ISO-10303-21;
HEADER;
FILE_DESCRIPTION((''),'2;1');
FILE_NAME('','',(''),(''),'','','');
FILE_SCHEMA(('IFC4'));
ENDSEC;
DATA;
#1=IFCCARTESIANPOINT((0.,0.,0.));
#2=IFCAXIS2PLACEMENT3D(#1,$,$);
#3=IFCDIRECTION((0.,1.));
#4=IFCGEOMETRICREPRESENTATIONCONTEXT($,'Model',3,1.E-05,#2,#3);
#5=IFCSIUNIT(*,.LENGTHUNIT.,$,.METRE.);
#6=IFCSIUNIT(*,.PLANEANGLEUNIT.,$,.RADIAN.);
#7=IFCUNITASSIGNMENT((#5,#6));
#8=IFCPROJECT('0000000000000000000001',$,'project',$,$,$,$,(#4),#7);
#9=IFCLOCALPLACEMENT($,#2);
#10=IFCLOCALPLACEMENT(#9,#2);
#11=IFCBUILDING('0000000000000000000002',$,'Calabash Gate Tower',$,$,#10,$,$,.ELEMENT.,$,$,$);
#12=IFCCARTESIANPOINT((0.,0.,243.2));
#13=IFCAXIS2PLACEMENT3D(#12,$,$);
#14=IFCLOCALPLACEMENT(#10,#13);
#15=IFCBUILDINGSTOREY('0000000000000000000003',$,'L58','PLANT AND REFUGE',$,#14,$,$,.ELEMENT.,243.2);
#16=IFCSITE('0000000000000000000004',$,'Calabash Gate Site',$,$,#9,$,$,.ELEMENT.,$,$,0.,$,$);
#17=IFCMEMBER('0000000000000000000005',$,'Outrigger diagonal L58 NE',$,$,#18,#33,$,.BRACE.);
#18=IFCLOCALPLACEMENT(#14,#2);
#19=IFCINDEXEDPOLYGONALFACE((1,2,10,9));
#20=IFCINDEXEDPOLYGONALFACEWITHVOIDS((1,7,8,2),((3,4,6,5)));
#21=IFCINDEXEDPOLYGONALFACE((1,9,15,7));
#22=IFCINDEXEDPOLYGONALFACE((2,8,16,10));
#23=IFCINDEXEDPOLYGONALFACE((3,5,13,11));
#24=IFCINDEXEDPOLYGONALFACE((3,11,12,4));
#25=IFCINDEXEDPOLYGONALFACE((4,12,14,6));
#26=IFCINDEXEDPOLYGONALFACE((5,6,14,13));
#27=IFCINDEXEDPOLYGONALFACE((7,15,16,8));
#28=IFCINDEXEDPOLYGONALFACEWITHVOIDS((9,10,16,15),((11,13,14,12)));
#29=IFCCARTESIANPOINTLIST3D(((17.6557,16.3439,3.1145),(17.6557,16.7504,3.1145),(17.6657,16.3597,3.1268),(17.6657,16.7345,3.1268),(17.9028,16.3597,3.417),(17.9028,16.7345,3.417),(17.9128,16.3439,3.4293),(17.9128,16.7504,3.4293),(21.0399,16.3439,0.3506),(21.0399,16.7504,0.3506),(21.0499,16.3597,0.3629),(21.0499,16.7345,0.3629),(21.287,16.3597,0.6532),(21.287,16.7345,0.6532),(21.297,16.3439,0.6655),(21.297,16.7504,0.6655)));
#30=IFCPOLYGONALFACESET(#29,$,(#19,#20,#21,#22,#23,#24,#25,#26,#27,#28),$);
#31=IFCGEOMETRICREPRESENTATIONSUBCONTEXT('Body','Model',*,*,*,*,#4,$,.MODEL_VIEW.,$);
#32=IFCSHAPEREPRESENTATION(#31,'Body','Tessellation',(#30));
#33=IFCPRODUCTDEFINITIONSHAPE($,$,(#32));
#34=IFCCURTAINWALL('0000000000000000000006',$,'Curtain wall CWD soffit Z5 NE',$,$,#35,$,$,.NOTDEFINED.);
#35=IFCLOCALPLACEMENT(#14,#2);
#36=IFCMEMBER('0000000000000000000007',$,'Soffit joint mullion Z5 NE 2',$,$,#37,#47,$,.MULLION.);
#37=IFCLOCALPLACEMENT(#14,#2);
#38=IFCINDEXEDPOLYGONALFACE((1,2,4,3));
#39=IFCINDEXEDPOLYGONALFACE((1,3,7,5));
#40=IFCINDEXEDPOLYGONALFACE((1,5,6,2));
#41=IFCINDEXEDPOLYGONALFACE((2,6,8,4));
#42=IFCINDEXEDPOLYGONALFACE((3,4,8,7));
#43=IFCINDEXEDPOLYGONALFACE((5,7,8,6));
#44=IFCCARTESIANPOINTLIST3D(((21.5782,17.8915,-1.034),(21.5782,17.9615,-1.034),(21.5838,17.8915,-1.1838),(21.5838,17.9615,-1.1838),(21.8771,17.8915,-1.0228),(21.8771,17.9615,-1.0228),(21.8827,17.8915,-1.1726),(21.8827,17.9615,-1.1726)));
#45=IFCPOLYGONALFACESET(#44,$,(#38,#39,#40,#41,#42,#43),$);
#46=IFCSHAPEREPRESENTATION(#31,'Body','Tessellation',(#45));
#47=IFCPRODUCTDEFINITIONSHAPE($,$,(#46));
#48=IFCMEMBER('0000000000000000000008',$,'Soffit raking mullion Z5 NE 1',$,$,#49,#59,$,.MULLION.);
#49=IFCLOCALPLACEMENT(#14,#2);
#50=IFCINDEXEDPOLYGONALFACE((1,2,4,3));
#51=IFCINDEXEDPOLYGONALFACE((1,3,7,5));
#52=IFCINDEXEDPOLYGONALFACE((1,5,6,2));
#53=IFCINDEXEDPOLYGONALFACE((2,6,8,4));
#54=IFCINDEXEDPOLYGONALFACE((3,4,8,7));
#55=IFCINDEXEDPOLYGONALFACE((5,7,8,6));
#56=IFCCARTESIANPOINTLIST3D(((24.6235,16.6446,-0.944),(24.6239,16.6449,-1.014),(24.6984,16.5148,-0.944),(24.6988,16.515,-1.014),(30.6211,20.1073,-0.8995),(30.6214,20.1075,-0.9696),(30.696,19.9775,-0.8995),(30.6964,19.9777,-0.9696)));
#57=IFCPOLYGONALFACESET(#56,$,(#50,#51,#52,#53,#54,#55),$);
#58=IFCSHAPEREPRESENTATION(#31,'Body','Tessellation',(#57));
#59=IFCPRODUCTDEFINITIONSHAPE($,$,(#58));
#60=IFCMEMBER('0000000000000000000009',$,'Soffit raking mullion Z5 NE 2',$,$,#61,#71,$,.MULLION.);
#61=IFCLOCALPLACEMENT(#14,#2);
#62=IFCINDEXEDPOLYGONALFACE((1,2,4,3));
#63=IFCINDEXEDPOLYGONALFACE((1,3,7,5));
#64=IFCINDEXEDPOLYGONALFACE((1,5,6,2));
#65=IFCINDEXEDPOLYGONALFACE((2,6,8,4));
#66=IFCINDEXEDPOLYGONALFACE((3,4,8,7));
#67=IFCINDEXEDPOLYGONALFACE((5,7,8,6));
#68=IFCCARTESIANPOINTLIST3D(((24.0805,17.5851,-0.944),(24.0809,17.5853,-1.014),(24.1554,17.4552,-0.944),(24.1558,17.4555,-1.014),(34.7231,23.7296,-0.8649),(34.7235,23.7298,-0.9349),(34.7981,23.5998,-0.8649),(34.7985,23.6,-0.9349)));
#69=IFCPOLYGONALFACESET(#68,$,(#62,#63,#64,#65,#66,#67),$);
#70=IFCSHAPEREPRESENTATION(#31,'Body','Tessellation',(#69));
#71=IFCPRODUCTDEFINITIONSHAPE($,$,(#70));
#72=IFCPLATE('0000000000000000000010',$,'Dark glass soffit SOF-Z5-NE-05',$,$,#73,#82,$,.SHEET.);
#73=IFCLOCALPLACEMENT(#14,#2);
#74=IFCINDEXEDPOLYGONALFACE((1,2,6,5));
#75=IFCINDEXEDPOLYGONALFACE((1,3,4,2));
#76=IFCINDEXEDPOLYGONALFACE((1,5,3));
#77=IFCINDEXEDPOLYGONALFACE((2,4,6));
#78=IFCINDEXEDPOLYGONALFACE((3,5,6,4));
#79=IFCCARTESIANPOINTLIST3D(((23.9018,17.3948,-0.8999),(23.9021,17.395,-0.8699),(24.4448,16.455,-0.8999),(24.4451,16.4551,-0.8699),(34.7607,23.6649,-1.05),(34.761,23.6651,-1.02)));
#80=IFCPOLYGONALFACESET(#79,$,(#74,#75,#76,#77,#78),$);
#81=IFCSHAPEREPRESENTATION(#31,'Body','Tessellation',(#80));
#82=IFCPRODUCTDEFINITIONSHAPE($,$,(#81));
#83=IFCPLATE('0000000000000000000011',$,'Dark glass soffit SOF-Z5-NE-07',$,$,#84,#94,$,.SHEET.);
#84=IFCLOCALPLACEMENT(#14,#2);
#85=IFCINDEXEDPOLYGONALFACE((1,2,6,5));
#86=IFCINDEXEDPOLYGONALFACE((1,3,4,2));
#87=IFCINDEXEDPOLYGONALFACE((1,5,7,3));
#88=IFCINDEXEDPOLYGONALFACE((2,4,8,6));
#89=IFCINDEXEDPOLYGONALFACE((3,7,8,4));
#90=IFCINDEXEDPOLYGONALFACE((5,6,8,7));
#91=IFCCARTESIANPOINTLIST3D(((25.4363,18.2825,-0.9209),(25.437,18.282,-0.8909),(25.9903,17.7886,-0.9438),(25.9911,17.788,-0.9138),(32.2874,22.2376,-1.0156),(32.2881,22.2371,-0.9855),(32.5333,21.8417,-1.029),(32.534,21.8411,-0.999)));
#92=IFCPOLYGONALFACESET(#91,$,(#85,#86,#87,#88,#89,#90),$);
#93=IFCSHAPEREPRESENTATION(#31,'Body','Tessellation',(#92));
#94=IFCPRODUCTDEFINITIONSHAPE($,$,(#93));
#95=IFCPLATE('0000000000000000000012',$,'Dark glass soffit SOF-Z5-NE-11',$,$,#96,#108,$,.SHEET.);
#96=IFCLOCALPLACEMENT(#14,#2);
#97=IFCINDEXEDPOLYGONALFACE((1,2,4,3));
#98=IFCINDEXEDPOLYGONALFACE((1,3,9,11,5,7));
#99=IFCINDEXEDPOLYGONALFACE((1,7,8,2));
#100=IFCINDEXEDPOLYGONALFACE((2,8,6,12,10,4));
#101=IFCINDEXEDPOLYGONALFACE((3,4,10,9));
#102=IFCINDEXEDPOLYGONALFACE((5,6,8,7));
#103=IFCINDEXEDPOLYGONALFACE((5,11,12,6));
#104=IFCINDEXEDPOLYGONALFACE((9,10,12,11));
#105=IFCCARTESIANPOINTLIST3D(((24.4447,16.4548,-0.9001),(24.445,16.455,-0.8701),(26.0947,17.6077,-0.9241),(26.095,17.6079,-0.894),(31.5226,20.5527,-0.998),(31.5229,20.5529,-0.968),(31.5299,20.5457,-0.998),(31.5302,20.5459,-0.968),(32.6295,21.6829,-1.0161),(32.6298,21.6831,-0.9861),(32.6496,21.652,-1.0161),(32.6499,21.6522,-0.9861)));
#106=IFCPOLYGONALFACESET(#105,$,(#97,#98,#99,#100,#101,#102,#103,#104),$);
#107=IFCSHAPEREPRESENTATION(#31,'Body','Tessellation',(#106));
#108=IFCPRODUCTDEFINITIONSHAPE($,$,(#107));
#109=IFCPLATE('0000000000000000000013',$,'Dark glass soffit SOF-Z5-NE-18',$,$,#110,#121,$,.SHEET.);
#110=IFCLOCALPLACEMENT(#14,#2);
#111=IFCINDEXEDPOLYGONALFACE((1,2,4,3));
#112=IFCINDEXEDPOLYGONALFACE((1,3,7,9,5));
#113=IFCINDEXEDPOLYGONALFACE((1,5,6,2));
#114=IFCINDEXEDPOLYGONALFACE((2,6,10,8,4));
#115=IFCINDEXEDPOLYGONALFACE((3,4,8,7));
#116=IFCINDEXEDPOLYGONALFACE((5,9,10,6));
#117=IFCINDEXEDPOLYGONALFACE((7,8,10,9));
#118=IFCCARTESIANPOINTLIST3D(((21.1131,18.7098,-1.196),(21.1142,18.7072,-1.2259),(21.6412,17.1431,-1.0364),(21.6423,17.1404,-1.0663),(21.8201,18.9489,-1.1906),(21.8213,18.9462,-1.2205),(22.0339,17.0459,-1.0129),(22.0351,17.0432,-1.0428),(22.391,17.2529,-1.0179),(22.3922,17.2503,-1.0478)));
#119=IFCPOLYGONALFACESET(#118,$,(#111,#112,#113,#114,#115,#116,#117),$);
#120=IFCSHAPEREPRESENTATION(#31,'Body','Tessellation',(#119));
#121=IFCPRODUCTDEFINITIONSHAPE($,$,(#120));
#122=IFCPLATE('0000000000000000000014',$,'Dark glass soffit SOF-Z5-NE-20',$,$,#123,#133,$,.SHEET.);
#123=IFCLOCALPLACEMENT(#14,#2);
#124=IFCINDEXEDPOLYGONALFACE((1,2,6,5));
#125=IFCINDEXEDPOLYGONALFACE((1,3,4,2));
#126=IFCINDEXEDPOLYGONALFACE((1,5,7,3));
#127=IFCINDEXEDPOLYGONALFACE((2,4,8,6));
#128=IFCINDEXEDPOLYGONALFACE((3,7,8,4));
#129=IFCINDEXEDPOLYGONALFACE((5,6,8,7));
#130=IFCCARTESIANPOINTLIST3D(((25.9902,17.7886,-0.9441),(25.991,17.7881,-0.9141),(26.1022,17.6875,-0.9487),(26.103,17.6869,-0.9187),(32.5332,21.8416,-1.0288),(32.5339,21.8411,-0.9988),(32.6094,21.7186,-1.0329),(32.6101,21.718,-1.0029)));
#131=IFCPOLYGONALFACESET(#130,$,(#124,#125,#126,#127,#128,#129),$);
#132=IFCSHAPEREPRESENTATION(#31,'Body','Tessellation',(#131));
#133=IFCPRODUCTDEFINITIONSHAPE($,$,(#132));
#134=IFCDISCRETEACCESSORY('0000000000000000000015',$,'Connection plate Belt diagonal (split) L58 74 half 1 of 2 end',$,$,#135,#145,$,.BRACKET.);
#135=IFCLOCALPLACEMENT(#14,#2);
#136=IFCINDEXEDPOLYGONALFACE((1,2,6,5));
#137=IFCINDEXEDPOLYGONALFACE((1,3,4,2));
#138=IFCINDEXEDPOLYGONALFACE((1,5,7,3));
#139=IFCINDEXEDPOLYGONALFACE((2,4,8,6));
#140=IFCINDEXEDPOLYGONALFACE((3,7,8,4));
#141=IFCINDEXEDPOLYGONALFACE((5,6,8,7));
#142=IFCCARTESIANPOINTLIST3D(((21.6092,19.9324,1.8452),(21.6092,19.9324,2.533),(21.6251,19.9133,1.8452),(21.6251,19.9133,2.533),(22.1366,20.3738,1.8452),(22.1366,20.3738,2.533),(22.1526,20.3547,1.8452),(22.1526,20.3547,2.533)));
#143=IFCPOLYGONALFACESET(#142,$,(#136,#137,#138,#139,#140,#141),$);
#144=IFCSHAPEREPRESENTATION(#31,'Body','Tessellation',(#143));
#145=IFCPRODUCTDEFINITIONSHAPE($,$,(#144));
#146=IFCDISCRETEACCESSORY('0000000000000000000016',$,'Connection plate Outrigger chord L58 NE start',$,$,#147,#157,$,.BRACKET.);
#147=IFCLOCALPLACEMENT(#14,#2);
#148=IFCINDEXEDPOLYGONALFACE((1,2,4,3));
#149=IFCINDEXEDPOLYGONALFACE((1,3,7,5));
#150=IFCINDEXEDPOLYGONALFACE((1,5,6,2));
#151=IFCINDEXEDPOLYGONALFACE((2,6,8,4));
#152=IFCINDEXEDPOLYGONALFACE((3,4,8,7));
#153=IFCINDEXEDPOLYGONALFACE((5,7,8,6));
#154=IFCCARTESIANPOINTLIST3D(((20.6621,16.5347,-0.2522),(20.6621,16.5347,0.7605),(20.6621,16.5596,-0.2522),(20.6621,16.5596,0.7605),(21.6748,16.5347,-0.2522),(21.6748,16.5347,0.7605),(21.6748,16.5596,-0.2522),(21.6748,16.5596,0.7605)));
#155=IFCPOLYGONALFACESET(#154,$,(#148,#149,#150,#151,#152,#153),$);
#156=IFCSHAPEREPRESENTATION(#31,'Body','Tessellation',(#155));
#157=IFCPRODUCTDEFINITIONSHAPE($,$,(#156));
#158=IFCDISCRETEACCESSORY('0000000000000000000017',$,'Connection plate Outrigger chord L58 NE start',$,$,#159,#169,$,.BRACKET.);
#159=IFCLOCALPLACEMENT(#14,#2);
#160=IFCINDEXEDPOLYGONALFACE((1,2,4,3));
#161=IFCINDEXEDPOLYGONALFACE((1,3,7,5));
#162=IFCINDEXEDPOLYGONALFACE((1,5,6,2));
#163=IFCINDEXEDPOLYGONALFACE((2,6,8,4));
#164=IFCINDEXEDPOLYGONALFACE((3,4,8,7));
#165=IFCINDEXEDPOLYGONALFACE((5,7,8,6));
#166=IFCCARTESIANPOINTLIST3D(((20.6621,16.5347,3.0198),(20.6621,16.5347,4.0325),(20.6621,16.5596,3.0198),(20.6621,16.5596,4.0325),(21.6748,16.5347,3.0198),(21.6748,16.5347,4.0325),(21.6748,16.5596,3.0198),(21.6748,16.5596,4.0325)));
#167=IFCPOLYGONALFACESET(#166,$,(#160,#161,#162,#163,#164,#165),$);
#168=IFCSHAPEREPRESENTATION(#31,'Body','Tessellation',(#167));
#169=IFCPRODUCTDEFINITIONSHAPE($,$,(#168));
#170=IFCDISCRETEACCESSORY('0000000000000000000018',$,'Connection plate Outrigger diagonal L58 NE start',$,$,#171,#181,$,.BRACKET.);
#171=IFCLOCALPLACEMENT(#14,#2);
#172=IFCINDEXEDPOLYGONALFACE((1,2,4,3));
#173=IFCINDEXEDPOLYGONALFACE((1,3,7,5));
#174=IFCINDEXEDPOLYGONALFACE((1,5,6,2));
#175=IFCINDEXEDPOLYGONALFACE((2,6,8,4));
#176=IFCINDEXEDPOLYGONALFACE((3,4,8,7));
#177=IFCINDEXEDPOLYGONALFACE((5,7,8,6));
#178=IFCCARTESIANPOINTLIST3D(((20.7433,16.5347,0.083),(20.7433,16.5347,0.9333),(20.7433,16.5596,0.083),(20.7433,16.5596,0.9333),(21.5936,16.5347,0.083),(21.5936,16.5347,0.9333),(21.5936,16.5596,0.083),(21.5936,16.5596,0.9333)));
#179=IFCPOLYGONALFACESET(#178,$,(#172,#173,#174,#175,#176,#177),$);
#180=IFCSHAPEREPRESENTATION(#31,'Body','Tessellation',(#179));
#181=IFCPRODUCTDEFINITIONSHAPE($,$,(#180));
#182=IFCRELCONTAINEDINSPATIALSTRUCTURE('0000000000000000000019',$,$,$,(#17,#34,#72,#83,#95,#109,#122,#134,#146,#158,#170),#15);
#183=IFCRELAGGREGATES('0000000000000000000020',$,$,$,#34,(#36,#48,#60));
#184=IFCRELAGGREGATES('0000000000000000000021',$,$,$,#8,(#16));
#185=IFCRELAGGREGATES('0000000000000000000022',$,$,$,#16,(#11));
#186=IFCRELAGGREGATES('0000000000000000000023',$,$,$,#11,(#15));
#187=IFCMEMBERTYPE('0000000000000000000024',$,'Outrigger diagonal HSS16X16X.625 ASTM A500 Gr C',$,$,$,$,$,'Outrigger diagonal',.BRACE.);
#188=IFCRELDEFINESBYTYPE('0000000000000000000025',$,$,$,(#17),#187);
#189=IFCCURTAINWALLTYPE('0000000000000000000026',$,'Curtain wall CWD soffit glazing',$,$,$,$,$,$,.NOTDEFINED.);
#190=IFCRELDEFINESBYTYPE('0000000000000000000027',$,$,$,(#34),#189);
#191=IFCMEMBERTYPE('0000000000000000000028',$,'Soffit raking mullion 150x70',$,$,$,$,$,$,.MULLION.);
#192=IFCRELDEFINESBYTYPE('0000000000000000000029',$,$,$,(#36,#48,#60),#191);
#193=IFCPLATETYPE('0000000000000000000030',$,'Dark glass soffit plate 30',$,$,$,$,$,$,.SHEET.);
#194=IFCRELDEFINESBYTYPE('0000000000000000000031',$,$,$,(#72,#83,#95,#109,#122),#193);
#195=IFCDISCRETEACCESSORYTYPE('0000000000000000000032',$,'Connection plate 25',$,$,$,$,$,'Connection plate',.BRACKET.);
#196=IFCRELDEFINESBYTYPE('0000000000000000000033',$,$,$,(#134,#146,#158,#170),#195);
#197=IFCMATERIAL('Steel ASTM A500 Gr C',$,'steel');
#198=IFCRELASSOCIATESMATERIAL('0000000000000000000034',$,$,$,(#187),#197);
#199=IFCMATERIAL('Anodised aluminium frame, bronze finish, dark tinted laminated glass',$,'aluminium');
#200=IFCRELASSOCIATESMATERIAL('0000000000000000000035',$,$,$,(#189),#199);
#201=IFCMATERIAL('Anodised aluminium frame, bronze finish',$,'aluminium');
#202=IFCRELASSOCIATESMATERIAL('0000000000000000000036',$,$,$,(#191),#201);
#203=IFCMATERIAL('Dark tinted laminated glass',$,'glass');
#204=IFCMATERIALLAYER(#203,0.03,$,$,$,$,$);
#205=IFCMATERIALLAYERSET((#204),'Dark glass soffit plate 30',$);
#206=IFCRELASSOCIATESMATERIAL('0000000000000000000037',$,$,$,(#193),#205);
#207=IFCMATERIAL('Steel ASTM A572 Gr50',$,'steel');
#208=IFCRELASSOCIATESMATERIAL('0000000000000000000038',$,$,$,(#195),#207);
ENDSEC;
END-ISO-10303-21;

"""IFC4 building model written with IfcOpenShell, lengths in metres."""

from ifc_helpers import new_model, si_unit, direction, frame, origin, origin_2d, place, context, subcontext, project, spatial, polyline, rectangle, hollow_rectangle, outline, extrude, material, layer, layer_set, material_profile, profile_set, type_object, element, aggregate, save


model = new_model("IFC4")

# Units and contexts
model_context = context("Model", 3, precision=1e-05, world=origin(), true_north=direction((0.0, 1.0)))
body_context = subcontext(model_context, "Body", "Model", "MODEL_VIEW")
ifc_project = project(units=[si_unit("LENGTHUNIT", "METRE"), si_unit("PLANEANGLEUNIT", "RADIAN")], contexts=[model_context])

# Site, building, storey
site_placement = place(None, origin())
site = spatial("IfcSite", under=ifc_project, at=site_placement, Name="Calabash Gate Site", CompositionType="ELEMENT", RefElevation=0.0)
building_placement = place(site_placement, origin())
building = spatial("IfcBuilding", under=site, at=building_placement, Name="Calabash Gate Tower", CompositionType="ELEMENT")
storey_placement = place(building_placement, frame((0.0, 0.0, 243.2)))
storey = spatial("IfcBuildingStorey", under=building, at=storey_placement, Name="L58", Description="PLANT AND REFUGE", CompositionType="ELEMENT", Elevation=243.2)

# Member
ifc_material_1 = material(Name="Steel ASTM A500 Gr C", Category="steel")
ifc_material_profile_1 = material_profile(ifc_material_1, hollow_rectangle(XDim=0.4065, YDim=0.4065, WallThickness=0.0159, at=origin_2d()))
ifc_profile_set_1 = profile_set([ifc_material_profile_1], Name="Steel ASTM A500 Gr C")
member_type_1 = type_object("IfcMemberType", Name="Outrigger diagonal HSS16X16X.625 ASTM A500 Gr C", ElementType="Outrigger diagonal", PredefinedType="BRACE", material=ifc_profile_set_1)
member_1_placement = place(storey_placement, frame((21.1685, 16.5471, 0.5081), z_axis=(-0.774522, 0.0, 0.632547), x_axis=(0.0, -1.0, 0.0)))
element("IfcMember", 1, at=member_1_placement, inside=storey, type_object=member_type_1, Name="Outrigger diagonal L58 NE", PredefinedType="BRACE", context=body_context, shape_type="SweptSolid", body=[
    extrude(hollow_rectangle(XDim=0.4065, YDim=0.4065, WallThickness=0.0159, at=origin_2d()), origin(), (0.0, 0.0, 1.0), 4.3694),
])

# Curtain wall, members
ifc_material_2 = material(Name="Anodised aluminium frame, bronze finish, dark tinted laminated glass", Category="aluminium")
curtain_wall_type = type_object("IfcCurtainWallType", Name="Curtain wall CWD soffit glazing", PredefinedType="NOTDEFINED", material=ifc_material_2)
curtain_wall_placement = place(storey_placement, origin())
curtain_wall = element("IfcCurtainWall", 2, at=curtain_wall_placement, inside=storey, type_object=curtain_wall_type, Name="Curtain wall CWD soffit Z5 NE", PredefinedType="NOTDEFINED")
ifc_material_3 = material(Name="Anodised aluminium frame, bronze finish", Category="aluminium")
ifc_material_profile_2 = material_profile(ifc_material_3, rectangle(XDim=0.1499, YDim=0.0701, at=origin_2d()))
ifc_profile_set_2 = profile_set([ifc_material_profile_2], Name="Anodised aluminium frame, bronze finish")
member_type_2 = type_object("IfcMemberType", Name="Soffit raking mullion 150x70", PredefinedType="MULLION", material=ifc_profile_set_2)
member_2_placement = place(storey_placement, frame((21.8799, 17.9265, -1.0977), z_axis=(-0.999295, 0.0, -0.037555), x_axis=(-0.037555, 0.0, 0.999295)))
member_2 = element("IfcMember", 3, at=member_2_placement, type_object=member_type_2, Name="Soffit joint mullion Z5 NE 2", PredefinedType="MULLION", context=body_context, shape_type="SweptSolid", body=[
    extrude(rectangle(XDim=0.1499, YDim=0.0701, at=origin_2d()), origin(), (0.0, 0.0, 1.0), 0.2991),
])
member_3_placement = place(storey_placement, frame((24.6611, 16.5798, -0.979), z_axis=(0.86601, 0.499985, 0.006416), x_axis=(-0.499995, 0.866028, 0.0)))
member_3 = element("IfcMember", 4, at=member_3_placement, type_object=member_type_2, Name="Soffit raking mullion Z5 NE 1", PredefinedType="MULLION", context=body_context, shape_type="SweptSolid", body=[
    extrude(rectangle(XDim=0.1499, YDim=0.0701, at=origin_2d()), origin(), (0.0, 0.0, 1.0), 6.9255),
])
member_4_placement = place(storey_placement, frame((24.1182, 17.5203, -0.979), z_axis=(0.866006, 0.499992, 0.006437), x_axis=(-0.500002, 0.866024, 0.0)))
member_4 = element("IfcMember", 5, at=member_4_placement, type_object=member_type_2, Name="Soffit raking mullion Z5 NE 2", PredefinedType="MULLION", context=body_context, shape_type="SweptSolid", body=[
    extrude(rectangle(XDim=0.1499, YDim=0.0701, at=origin_2d()), origin(), (0.0, 0.0, 1.0), 12.2893),
])
aggregate(curtain_wall, [member_2, member_3, member_4])

# Plates
ifc_material_4 = material(Name="Dark tinted laminated glass", Category="glass")
ifc_layer = layer(ifc_material_4, 0.03)
ifc_layer_set = layer_set([ifc_layer], Name="Dark glass soffit plate 30")
plate_type = type_object("IfcPlateType", Name="Dark glass soffit plate 30", PredefinedType="SHEET", material=ifc_layer_set)
plate_1_placement = place(storey_placement, frame((23.9021, 17.395, -0.8699), z_axis=(0.010368, 0.005989, 0.999928), x_axis=(0.865941, 0.500002, -0.011973)))
element("IfcPlate", 6, at=plate_1_placement, inside=storey, type_object=plate_type, Name="Dark glass soffit SOF-Z5-NE-05", PredefinedType="SHEET", context=body_context, shape_type="SweptSolid", body=[
    extrude(outline(polyline([(0.0, 0.0), (12.54, 0.0), (0.0002, -1.0854), (0.0, 0.0)])), origin(), (0.0, 0.0, -1.0), 0.03),
])
plate_2_placement = place(storey_placement, frame((25.437, 18.282, -0.8909), z_axis=(0.024624, -0.018727, 0.999521), x_axis=(0.865985, 0.499926, -0.011967)))
element("IfcPlate", 7, at=plate_2_placement, inside=storey, type_object=plate_type, Name="Dark glass soffit SOF-Z5-NE-07", PredefinedType="SHEET", context=body_context, shape_type="SweptSolid", body=[
    extrude(outline(polyline([(0.0, 0.0), (7.9114, 0.0), (7.9265, -0.4661), (0.2332, -0.7051), (0.0, 0.0)])), origin(), (0.0, 0.0, -1.0), 0.03),
])
plate_3_placement = place(storey_placement, frame((26.095, 17.6079, -0.894), z_axis=(0.010537, 0.005681, 0.999928), x_axis=(0.84847, 0.529109, -0.011947)))
element("IfcPlate", 8, at=plate_3_placement, inside=storey, type_object=plate_type, Name="Dark glass soffit SOF-Z5-NE-11", PredefinedType="SHEET", context=body_context, shape_type="SweptSolid", body=[
    extrude(outline(polyline([(0.0, 0.0), (7.7019, 0.0), (7.7026, -0.0369), (6.1646, -0.3733), (6.167, -0.3831), (-2.0103, -0.1052), (0.0, 0.0)])), origin(), (0.0, 0.0, -1.0), 0.03),
])
plate_4_placement = place(storey_placement, frame((22.0339, 17.0459, -1.0129), z_axis=(-0.037595, 0.088715, 0.995347), x_axis=(-0.969091, 0.239796, -0.057976)))
element("IfcPlate", 9, at=plate_4_placement, inside=storey, type_object=plate_type, Name="Dark glass soffit SOF-Z5-NE-18", PredefinedType="SHEET", context=body_context, shape_type="SweptSolid", body=[
    extrude(outline(polyline([(0.0, 0.0), (0.4053, 0.0), (1.302, -1.3982), (0.6738, -1.8013), (-0.2961, -0.2876), (0.0, 0.0)])), origin(), (0.0, 0.0, -1.0), 0.03),
])
plate_5_placement = place(storey_placement, frame((25.991, 17.7881, -0.9141), z_axis=(0.024483, -0.018634, 0.999527), x_axis=(0.850065, 0.526563, -0.011005)))
element("IfcPlate", 10, at=plate_5_placement, inside=storey, type_object=plate_type, Name="Dark glass soffit SOF-Z5-NE-20", PredefinedType="SHEET", context=body_context, shape_type="SweptSolid", body=[
    extrude(outline(polyline([(0.0, 0.0), (7.697, 0.0), (7.697, -0.1448), (0.042, -0.145), (0.0, 0.0)])), origin(), (0.0, 0.0, -1.0), 0.03),
])

# Discrete accessories
ifc_material_5 = material(Name="Steel ASTM A572 Gr50", Category="steel")
discrete_accessory_type_1 = type_object("IfcDiscreteAccessoryType", Name="Connection plate 25", ElementType="Connection plate", PredefinedType="BRACKET", material=ifc_material_5)
discrete_accessory_1_placement = place(storey_placement, frame((21.8809, 20.1436, 1.8452), z_axis=(0.0, 0.0, 1.0), x_axis=(0.766903, 0.641763, 0.0)))
element("IfcDiscreteAccessory", 11, at=discrete_accessory_1_placement, inside=storey, type_object=discrete_accessory_type_1, Name="Connection plate Belt diagonal (split) L58 74 half 1 of 2 end", PredefinedType="BRACKET", context=body_context, shape_type="SweptSolid", body=[
    extrude(rectangle(XDim=0.6877, YDim=0.0249, at=origin_2d()), origin(), (0.0, 0.0, 1.0), 0.6877),
])
for number, where, z_axis, x_axis, name in (
    (12, (21.1685, 16.5471, -0.2522), (0.0, 0.0, 1.0), (-1.0, 0.0, 0.0), "Connection plate Outrigger chord L58 NE start"),
    (13, (21.1685, 16.5471, 3.0198), (0.0, 0.0, 1.0), (-1.0, 0.0, 0.0), "Connection plate Outrigger chord L58 NE start"),
):
    element("IfcDiscreteAccessory", number, at=place(storey_placement, frame(where, z_axis=z_axis, x_axis=x_axis)), inside=storey, type_object=discrete_accessory_type_1, Name=name, PredefinedType="BRACKET", context=body_context, shape_type="SweptSolid", body=[
        extrude(rectangle(XDim=1.0127, YDim=0.0249, at=origin_2d()), origin(), (0.0, 0.0, 1.0), 1.0127),
    ])
discrete_accessory_2_placement = place(storey_placement, frame((21.1685, 16.5471, 0.083), z_axis=(0.0, 0.0, 1.0), x_axis=(-1.0, 0.0, 0.0)))
element("IfcDiscreteAccessory", 14, at=discrete_accessory_2_placement, inside=storey, type_object=discrete_accessory_type_1, Name="Connection plate Outrigger diagonal L58 NE start", PredefinedType="BRACKET", context=body_context, shape_type="SweptSolid", body=[
    extrude(rectangle(XDim=0.8503, YDim=0.0249, at=origin_2d()), origin(), (0.0, 0.0, 1.0), 0.8503),
])

save(model, "model.ifc")
